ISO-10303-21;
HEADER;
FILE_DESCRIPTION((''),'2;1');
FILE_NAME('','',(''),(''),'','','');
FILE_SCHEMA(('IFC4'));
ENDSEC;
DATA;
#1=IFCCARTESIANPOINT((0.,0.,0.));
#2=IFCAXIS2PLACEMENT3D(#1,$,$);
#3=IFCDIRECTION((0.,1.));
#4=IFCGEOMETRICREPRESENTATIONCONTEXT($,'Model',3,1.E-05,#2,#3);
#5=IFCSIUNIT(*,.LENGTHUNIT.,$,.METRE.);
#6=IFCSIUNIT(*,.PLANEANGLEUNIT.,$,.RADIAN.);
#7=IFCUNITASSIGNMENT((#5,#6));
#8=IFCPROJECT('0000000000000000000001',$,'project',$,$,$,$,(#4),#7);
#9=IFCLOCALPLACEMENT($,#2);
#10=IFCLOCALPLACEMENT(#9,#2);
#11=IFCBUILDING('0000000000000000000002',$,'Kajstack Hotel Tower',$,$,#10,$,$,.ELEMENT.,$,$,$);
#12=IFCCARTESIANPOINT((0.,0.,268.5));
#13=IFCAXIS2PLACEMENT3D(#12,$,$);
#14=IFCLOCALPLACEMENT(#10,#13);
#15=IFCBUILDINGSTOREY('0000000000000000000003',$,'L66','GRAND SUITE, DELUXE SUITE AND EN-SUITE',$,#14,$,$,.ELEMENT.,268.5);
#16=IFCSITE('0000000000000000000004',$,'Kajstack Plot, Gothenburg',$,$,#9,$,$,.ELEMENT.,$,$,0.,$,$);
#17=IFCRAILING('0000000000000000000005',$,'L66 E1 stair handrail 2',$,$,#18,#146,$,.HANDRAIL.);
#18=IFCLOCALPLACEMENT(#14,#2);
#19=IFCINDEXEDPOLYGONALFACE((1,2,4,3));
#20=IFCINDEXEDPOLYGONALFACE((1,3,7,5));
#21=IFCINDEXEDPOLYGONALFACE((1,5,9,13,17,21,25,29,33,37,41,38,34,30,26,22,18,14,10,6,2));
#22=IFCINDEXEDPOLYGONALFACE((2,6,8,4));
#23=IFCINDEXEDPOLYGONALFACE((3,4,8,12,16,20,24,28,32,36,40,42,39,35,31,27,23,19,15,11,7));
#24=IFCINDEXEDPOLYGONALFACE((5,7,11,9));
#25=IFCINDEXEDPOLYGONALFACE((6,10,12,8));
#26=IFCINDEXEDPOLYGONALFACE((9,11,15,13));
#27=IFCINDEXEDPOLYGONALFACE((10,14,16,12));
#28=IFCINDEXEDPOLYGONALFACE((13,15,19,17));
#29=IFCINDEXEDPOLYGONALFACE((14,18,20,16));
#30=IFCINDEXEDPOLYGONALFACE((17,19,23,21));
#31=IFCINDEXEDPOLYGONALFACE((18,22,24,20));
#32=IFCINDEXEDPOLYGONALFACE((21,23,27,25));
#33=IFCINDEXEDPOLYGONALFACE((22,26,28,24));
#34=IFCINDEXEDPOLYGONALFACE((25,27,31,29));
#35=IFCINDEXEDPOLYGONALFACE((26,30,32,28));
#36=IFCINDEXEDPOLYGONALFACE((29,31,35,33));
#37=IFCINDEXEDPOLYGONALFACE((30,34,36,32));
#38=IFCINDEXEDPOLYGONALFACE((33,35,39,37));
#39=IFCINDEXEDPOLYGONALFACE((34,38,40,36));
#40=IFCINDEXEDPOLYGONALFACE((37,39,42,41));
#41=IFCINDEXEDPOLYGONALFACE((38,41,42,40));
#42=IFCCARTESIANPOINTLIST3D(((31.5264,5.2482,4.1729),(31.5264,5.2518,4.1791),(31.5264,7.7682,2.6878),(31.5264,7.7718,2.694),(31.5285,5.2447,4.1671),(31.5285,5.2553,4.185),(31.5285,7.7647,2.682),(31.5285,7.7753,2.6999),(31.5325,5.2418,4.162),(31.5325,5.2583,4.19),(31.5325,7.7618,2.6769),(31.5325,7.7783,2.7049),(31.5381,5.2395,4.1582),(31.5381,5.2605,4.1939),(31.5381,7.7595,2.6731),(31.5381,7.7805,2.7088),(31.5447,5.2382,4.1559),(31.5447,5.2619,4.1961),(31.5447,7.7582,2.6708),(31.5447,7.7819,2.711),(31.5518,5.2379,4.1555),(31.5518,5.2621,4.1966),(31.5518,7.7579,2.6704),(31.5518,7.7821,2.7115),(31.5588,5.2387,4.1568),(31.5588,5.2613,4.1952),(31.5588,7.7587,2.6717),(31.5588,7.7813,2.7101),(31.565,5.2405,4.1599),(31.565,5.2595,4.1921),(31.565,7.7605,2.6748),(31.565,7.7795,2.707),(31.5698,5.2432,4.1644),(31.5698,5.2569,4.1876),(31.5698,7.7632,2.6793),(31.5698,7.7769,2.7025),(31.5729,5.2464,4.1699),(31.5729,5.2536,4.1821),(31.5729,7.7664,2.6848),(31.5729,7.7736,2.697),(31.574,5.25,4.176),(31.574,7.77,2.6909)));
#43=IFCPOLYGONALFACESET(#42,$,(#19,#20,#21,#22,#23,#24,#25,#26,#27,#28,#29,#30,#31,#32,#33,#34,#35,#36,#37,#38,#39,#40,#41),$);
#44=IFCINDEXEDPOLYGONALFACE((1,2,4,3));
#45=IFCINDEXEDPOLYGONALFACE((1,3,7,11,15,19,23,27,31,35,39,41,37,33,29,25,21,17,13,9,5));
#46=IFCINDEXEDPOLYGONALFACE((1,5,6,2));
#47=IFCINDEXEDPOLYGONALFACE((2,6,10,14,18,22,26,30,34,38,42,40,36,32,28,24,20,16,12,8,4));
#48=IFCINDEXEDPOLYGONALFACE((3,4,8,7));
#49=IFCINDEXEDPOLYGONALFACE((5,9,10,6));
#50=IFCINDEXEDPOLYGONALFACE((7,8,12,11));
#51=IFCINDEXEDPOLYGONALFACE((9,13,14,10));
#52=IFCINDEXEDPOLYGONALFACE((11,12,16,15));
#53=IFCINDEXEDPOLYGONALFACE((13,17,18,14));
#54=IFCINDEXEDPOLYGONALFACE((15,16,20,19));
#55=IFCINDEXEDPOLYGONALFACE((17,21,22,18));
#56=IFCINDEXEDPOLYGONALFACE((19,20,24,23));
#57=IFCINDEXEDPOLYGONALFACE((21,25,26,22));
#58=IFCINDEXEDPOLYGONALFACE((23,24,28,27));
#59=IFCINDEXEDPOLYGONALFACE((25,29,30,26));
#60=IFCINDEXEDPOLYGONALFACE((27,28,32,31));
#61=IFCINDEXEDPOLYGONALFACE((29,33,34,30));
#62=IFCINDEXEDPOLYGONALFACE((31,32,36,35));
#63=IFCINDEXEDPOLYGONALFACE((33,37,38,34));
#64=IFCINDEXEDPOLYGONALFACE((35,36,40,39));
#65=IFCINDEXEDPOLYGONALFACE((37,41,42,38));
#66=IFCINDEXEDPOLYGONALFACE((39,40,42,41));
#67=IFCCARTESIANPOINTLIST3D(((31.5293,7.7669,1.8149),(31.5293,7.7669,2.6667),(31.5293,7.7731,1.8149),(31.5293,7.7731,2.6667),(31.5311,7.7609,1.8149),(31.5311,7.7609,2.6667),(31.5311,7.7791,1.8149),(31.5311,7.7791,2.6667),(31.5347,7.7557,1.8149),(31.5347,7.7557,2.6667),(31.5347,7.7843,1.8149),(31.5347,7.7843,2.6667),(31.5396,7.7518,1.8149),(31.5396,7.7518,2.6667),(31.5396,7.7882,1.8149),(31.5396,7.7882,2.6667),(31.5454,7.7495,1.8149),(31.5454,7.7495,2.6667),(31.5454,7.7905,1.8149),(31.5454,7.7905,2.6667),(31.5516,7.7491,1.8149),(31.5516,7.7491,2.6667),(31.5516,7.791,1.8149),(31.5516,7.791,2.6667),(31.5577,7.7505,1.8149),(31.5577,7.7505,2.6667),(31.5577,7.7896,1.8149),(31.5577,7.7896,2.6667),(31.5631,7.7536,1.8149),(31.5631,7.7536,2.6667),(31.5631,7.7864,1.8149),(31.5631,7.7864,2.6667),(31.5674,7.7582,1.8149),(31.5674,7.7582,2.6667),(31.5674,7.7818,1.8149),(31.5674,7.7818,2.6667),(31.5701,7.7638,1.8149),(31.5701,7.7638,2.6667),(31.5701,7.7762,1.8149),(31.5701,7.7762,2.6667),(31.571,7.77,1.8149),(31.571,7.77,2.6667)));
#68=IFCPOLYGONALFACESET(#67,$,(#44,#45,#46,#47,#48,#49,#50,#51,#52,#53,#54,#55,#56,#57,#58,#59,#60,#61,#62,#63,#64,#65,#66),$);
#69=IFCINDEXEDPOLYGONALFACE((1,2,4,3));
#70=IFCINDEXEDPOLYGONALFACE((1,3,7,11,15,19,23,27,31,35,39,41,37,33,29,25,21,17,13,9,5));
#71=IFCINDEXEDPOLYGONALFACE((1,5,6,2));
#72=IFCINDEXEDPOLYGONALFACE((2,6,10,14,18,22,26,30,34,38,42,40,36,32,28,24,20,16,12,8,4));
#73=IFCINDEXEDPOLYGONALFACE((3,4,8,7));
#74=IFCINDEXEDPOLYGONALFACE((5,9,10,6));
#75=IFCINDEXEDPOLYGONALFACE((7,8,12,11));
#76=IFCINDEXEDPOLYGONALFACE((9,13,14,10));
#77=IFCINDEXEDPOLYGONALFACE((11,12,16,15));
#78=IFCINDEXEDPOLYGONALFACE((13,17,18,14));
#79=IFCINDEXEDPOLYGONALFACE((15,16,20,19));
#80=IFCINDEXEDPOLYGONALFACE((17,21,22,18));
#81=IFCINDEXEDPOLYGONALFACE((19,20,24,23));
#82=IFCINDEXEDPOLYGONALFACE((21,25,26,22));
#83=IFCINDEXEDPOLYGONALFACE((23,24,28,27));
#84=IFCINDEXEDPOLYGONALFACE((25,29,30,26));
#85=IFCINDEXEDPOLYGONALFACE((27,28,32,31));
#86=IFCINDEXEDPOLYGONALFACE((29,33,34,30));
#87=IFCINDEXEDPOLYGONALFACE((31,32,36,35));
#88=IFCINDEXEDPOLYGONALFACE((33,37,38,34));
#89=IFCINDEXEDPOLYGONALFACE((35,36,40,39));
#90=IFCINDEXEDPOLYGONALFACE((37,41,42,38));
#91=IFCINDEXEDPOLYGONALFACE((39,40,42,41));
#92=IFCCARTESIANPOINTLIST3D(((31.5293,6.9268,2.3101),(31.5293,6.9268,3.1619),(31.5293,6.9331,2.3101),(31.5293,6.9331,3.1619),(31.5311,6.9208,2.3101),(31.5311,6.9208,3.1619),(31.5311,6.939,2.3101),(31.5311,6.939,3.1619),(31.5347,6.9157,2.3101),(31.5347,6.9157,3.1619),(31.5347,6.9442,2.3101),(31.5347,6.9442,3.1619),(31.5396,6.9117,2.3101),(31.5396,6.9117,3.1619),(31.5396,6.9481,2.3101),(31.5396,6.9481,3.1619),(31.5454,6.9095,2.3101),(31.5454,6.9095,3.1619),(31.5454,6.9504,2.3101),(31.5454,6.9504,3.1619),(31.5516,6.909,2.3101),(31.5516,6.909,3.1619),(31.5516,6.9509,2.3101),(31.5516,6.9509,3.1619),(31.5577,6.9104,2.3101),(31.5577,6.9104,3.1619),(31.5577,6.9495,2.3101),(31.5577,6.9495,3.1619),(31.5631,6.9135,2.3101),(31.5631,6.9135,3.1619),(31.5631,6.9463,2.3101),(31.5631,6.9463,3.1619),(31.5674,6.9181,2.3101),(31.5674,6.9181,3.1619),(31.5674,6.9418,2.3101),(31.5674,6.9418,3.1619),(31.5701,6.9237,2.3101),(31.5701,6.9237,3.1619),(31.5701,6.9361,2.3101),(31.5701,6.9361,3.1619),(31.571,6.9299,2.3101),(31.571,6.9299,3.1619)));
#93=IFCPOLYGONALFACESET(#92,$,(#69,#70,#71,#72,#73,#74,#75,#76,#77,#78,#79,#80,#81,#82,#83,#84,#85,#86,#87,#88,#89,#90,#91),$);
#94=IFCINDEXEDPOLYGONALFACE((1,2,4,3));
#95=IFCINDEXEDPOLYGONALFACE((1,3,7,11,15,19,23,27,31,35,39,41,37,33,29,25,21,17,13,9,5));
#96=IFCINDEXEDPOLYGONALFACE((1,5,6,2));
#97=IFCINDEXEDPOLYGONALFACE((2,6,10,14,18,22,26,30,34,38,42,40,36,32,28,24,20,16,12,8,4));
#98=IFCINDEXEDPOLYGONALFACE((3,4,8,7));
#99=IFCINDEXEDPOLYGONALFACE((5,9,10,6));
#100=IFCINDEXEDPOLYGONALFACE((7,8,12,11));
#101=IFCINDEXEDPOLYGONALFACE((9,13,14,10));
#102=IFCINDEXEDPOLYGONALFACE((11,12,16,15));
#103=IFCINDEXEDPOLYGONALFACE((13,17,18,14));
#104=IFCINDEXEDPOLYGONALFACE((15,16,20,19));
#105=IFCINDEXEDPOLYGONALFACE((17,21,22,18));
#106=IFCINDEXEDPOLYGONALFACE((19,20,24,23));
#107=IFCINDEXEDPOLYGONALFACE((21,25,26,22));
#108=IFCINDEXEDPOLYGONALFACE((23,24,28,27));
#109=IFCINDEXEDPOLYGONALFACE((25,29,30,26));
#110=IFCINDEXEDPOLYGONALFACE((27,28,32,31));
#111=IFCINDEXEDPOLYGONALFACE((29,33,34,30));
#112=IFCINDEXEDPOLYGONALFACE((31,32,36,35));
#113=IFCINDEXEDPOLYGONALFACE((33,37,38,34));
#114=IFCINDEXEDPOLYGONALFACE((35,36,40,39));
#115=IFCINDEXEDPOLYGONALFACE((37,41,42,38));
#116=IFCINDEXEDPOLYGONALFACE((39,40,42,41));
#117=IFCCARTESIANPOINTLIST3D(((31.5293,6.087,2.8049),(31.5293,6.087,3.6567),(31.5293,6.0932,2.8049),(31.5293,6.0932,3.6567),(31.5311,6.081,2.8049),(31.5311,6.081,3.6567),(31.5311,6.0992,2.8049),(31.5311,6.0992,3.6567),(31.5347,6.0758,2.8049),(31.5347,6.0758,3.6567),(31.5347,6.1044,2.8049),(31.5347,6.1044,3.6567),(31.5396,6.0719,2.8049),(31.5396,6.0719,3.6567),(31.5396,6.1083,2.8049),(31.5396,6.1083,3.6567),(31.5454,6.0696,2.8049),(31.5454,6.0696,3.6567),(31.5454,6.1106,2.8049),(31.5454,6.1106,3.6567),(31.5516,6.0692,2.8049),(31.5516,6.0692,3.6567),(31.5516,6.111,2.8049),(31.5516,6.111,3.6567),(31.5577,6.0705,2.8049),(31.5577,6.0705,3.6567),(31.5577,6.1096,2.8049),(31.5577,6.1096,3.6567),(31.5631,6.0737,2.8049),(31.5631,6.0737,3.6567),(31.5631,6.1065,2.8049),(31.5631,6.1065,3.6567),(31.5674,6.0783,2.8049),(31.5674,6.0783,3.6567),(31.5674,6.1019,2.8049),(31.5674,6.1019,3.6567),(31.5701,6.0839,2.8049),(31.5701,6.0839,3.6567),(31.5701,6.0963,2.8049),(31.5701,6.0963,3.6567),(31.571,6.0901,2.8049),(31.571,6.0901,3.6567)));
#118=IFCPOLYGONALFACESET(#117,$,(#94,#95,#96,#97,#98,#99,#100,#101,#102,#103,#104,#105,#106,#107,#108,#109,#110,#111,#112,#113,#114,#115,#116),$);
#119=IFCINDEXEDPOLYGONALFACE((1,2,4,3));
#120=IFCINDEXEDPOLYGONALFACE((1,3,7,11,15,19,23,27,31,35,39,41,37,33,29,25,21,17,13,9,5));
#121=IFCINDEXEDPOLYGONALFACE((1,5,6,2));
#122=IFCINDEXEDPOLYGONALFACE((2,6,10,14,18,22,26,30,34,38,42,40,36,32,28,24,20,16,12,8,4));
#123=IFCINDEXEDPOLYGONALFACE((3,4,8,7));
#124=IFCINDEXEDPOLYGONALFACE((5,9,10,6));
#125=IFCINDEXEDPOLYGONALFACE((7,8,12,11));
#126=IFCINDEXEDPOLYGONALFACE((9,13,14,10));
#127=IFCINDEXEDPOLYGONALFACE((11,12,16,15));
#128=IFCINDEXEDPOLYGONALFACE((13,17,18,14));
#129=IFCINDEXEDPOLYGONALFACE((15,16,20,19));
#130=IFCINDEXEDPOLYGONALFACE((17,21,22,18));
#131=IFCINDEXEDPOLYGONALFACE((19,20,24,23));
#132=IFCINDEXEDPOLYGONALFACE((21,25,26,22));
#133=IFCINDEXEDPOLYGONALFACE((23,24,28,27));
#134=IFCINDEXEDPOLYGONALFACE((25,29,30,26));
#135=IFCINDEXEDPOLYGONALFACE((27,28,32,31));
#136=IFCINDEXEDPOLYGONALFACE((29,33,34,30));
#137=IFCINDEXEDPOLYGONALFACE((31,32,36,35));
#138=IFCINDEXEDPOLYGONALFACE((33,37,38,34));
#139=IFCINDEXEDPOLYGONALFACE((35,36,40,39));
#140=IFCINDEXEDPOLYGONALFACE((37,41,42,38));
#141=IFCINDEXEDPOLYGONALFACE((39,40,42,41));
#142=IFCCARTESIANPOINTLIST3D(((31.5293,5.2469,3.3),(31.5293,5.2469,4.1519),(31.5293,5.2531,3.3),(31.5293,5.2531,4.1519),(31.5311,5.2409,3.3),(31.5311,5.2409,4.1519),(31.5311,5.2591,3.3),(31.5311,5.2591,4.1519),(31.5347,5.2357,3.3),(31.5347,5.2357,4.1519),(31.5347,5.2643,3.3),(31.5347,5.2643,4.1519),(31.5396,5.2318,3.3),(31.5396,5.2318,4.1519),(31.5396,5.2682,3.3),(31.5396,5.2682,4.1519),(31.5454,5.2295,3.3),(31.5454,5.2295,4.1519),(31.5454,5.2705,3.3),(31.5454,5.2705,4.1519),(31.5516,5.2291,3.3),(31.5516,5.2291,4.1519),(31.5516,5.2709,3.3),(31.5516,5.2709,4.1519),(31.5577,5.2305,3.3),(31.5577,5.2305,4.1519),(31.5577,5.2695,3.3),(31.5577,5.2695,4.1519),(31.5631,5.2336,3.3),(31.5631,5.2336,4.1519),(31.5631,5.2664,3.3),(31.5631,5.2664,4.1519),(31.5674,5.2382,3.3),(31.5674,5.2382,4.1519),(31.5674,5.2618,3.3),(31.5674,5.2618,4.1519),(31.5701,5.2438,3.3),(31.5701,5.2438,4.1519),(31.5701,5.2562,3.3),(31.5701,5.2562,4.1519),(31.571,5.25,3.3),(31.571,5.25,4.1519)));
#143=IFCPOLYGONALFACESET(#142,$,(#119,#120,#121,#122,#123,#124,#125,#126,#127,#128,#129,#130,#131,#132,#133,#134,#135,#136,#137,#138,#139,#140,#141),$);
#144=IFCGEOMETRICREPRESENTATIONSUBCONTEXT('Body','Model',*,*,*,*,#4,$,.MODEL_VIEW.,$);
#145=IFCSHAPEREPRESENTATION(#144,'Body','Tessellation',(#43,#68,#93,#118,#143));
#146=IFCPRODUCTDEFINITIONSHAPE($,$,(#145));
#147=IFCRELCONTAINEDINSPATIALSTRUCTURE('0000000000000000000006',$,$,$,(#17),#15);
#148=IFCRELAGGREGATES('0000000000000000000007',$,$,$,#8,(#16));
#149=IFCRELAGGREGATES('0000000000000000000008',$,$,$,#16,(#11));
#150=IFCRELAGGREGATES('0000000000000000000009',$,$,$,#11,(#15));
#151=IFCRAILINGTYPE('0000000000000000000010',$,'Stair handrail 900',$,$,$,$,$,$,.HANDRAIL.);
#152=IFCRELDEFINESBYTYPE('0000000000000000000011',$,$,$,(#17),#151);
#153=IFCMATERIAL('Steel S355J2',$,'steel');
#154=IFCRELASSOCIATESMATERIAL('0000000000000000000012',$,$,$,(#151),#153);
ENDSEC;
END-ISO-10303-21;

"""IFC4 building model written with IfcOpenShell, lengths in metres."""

from ifc_helpers import new_model, si_unit, direction, frame, origin, origin_2d, place, context, subcontext, project, spatial, circle, extrude, material, type_object, element, save


model = new_model("IFC4")

# Units and contexts
model_context = context("Model", 3, precision=1e-05, world=origin(), true_north=direction((0.0, 1.0)))
body_context = subcontext(model_context, "Body", "Model", "MODEL_VIEW")
ifc_project = project(units=[si_unit("LENGTHUNIT", "METRE"), si_unit("PLANEANGLEUNIT", "RADIAN")], contexts=[model_context])

# Site, building, storey
site_placement = place(None, origin())
site = spatial("IfcSite", under=ifc_project, at=site_placement, Name="Kajstack Plot, Gothenburg", CompositionType="ELEMENT", RefElevation=0.0)
building_placement = place(site_placement, origin())
building = spatial("IfcBuilding", under=site, at=building_placement, Name="Kajstack Hotel Tower", CompositionType="ELEMENT")
storey_placement = place(building_placement, frame((0.0, 0.0, 268.5)))
storey = spatial("IfcBuildingStorey", under=building, at=storey_placement, Name="L66", Description="GRAND SUITE, DELUXE SUITE AND EN-SUITE", CompositionType="ELEMENT", Elevation=268.5)

# Railing
ifc_material_1 = material(Name="Steel S355J2", Category="steel")
railing_type_1 = type_object("IfcRailingType", Name="Stair handrail 900", PredefinedType="HANDRAIL", material=ifc_material_1)
railing_1_placement = place(storey_placement, frame((31.55, 7.77, 1.8149)))
element("IfcRailing", 1, at=railing_1_placement, inside=storey, type_object=railing_type_1, Name="L66 E1 stair handrail 2", PredefinedType="HANDRAIL", context=body_context, shape_type="SweptSolid", body=[
    extrude(circle(Radius=0.0239, at=origin_2d()), frame((0.0, 0.0, 0.876), z_axis=(0.0, -0.861524, 0.507717), x_axis=(1.0, 0.0, 0.0)), (0.0, 0.0, 1.0), 2.925),
    extrude(circle(Radius=0.021, at=origin_2d()), origin(), (0.0, 0.0, 1.0), 0.8518),
    extrude(circle(Radius=0.021, at=origin_2d()), frame((0.0, -0.8401, 0.4951)), (0.0, 0.0, 1.0), 0.8518),
    extrude(circle(Radius=0.021, at=origin_2d()), frame((0.0, -1.6799, 0.99)), (0.0, 0.0, 1.0), 0.8518),
    extrude(circle(Radius=0.021, at=origin_2d()), frame((0.0, -2.52, 1.4851)), (0.0, 0.0, 1.0), 0.8518),
])

save(model, "model.ifc")
